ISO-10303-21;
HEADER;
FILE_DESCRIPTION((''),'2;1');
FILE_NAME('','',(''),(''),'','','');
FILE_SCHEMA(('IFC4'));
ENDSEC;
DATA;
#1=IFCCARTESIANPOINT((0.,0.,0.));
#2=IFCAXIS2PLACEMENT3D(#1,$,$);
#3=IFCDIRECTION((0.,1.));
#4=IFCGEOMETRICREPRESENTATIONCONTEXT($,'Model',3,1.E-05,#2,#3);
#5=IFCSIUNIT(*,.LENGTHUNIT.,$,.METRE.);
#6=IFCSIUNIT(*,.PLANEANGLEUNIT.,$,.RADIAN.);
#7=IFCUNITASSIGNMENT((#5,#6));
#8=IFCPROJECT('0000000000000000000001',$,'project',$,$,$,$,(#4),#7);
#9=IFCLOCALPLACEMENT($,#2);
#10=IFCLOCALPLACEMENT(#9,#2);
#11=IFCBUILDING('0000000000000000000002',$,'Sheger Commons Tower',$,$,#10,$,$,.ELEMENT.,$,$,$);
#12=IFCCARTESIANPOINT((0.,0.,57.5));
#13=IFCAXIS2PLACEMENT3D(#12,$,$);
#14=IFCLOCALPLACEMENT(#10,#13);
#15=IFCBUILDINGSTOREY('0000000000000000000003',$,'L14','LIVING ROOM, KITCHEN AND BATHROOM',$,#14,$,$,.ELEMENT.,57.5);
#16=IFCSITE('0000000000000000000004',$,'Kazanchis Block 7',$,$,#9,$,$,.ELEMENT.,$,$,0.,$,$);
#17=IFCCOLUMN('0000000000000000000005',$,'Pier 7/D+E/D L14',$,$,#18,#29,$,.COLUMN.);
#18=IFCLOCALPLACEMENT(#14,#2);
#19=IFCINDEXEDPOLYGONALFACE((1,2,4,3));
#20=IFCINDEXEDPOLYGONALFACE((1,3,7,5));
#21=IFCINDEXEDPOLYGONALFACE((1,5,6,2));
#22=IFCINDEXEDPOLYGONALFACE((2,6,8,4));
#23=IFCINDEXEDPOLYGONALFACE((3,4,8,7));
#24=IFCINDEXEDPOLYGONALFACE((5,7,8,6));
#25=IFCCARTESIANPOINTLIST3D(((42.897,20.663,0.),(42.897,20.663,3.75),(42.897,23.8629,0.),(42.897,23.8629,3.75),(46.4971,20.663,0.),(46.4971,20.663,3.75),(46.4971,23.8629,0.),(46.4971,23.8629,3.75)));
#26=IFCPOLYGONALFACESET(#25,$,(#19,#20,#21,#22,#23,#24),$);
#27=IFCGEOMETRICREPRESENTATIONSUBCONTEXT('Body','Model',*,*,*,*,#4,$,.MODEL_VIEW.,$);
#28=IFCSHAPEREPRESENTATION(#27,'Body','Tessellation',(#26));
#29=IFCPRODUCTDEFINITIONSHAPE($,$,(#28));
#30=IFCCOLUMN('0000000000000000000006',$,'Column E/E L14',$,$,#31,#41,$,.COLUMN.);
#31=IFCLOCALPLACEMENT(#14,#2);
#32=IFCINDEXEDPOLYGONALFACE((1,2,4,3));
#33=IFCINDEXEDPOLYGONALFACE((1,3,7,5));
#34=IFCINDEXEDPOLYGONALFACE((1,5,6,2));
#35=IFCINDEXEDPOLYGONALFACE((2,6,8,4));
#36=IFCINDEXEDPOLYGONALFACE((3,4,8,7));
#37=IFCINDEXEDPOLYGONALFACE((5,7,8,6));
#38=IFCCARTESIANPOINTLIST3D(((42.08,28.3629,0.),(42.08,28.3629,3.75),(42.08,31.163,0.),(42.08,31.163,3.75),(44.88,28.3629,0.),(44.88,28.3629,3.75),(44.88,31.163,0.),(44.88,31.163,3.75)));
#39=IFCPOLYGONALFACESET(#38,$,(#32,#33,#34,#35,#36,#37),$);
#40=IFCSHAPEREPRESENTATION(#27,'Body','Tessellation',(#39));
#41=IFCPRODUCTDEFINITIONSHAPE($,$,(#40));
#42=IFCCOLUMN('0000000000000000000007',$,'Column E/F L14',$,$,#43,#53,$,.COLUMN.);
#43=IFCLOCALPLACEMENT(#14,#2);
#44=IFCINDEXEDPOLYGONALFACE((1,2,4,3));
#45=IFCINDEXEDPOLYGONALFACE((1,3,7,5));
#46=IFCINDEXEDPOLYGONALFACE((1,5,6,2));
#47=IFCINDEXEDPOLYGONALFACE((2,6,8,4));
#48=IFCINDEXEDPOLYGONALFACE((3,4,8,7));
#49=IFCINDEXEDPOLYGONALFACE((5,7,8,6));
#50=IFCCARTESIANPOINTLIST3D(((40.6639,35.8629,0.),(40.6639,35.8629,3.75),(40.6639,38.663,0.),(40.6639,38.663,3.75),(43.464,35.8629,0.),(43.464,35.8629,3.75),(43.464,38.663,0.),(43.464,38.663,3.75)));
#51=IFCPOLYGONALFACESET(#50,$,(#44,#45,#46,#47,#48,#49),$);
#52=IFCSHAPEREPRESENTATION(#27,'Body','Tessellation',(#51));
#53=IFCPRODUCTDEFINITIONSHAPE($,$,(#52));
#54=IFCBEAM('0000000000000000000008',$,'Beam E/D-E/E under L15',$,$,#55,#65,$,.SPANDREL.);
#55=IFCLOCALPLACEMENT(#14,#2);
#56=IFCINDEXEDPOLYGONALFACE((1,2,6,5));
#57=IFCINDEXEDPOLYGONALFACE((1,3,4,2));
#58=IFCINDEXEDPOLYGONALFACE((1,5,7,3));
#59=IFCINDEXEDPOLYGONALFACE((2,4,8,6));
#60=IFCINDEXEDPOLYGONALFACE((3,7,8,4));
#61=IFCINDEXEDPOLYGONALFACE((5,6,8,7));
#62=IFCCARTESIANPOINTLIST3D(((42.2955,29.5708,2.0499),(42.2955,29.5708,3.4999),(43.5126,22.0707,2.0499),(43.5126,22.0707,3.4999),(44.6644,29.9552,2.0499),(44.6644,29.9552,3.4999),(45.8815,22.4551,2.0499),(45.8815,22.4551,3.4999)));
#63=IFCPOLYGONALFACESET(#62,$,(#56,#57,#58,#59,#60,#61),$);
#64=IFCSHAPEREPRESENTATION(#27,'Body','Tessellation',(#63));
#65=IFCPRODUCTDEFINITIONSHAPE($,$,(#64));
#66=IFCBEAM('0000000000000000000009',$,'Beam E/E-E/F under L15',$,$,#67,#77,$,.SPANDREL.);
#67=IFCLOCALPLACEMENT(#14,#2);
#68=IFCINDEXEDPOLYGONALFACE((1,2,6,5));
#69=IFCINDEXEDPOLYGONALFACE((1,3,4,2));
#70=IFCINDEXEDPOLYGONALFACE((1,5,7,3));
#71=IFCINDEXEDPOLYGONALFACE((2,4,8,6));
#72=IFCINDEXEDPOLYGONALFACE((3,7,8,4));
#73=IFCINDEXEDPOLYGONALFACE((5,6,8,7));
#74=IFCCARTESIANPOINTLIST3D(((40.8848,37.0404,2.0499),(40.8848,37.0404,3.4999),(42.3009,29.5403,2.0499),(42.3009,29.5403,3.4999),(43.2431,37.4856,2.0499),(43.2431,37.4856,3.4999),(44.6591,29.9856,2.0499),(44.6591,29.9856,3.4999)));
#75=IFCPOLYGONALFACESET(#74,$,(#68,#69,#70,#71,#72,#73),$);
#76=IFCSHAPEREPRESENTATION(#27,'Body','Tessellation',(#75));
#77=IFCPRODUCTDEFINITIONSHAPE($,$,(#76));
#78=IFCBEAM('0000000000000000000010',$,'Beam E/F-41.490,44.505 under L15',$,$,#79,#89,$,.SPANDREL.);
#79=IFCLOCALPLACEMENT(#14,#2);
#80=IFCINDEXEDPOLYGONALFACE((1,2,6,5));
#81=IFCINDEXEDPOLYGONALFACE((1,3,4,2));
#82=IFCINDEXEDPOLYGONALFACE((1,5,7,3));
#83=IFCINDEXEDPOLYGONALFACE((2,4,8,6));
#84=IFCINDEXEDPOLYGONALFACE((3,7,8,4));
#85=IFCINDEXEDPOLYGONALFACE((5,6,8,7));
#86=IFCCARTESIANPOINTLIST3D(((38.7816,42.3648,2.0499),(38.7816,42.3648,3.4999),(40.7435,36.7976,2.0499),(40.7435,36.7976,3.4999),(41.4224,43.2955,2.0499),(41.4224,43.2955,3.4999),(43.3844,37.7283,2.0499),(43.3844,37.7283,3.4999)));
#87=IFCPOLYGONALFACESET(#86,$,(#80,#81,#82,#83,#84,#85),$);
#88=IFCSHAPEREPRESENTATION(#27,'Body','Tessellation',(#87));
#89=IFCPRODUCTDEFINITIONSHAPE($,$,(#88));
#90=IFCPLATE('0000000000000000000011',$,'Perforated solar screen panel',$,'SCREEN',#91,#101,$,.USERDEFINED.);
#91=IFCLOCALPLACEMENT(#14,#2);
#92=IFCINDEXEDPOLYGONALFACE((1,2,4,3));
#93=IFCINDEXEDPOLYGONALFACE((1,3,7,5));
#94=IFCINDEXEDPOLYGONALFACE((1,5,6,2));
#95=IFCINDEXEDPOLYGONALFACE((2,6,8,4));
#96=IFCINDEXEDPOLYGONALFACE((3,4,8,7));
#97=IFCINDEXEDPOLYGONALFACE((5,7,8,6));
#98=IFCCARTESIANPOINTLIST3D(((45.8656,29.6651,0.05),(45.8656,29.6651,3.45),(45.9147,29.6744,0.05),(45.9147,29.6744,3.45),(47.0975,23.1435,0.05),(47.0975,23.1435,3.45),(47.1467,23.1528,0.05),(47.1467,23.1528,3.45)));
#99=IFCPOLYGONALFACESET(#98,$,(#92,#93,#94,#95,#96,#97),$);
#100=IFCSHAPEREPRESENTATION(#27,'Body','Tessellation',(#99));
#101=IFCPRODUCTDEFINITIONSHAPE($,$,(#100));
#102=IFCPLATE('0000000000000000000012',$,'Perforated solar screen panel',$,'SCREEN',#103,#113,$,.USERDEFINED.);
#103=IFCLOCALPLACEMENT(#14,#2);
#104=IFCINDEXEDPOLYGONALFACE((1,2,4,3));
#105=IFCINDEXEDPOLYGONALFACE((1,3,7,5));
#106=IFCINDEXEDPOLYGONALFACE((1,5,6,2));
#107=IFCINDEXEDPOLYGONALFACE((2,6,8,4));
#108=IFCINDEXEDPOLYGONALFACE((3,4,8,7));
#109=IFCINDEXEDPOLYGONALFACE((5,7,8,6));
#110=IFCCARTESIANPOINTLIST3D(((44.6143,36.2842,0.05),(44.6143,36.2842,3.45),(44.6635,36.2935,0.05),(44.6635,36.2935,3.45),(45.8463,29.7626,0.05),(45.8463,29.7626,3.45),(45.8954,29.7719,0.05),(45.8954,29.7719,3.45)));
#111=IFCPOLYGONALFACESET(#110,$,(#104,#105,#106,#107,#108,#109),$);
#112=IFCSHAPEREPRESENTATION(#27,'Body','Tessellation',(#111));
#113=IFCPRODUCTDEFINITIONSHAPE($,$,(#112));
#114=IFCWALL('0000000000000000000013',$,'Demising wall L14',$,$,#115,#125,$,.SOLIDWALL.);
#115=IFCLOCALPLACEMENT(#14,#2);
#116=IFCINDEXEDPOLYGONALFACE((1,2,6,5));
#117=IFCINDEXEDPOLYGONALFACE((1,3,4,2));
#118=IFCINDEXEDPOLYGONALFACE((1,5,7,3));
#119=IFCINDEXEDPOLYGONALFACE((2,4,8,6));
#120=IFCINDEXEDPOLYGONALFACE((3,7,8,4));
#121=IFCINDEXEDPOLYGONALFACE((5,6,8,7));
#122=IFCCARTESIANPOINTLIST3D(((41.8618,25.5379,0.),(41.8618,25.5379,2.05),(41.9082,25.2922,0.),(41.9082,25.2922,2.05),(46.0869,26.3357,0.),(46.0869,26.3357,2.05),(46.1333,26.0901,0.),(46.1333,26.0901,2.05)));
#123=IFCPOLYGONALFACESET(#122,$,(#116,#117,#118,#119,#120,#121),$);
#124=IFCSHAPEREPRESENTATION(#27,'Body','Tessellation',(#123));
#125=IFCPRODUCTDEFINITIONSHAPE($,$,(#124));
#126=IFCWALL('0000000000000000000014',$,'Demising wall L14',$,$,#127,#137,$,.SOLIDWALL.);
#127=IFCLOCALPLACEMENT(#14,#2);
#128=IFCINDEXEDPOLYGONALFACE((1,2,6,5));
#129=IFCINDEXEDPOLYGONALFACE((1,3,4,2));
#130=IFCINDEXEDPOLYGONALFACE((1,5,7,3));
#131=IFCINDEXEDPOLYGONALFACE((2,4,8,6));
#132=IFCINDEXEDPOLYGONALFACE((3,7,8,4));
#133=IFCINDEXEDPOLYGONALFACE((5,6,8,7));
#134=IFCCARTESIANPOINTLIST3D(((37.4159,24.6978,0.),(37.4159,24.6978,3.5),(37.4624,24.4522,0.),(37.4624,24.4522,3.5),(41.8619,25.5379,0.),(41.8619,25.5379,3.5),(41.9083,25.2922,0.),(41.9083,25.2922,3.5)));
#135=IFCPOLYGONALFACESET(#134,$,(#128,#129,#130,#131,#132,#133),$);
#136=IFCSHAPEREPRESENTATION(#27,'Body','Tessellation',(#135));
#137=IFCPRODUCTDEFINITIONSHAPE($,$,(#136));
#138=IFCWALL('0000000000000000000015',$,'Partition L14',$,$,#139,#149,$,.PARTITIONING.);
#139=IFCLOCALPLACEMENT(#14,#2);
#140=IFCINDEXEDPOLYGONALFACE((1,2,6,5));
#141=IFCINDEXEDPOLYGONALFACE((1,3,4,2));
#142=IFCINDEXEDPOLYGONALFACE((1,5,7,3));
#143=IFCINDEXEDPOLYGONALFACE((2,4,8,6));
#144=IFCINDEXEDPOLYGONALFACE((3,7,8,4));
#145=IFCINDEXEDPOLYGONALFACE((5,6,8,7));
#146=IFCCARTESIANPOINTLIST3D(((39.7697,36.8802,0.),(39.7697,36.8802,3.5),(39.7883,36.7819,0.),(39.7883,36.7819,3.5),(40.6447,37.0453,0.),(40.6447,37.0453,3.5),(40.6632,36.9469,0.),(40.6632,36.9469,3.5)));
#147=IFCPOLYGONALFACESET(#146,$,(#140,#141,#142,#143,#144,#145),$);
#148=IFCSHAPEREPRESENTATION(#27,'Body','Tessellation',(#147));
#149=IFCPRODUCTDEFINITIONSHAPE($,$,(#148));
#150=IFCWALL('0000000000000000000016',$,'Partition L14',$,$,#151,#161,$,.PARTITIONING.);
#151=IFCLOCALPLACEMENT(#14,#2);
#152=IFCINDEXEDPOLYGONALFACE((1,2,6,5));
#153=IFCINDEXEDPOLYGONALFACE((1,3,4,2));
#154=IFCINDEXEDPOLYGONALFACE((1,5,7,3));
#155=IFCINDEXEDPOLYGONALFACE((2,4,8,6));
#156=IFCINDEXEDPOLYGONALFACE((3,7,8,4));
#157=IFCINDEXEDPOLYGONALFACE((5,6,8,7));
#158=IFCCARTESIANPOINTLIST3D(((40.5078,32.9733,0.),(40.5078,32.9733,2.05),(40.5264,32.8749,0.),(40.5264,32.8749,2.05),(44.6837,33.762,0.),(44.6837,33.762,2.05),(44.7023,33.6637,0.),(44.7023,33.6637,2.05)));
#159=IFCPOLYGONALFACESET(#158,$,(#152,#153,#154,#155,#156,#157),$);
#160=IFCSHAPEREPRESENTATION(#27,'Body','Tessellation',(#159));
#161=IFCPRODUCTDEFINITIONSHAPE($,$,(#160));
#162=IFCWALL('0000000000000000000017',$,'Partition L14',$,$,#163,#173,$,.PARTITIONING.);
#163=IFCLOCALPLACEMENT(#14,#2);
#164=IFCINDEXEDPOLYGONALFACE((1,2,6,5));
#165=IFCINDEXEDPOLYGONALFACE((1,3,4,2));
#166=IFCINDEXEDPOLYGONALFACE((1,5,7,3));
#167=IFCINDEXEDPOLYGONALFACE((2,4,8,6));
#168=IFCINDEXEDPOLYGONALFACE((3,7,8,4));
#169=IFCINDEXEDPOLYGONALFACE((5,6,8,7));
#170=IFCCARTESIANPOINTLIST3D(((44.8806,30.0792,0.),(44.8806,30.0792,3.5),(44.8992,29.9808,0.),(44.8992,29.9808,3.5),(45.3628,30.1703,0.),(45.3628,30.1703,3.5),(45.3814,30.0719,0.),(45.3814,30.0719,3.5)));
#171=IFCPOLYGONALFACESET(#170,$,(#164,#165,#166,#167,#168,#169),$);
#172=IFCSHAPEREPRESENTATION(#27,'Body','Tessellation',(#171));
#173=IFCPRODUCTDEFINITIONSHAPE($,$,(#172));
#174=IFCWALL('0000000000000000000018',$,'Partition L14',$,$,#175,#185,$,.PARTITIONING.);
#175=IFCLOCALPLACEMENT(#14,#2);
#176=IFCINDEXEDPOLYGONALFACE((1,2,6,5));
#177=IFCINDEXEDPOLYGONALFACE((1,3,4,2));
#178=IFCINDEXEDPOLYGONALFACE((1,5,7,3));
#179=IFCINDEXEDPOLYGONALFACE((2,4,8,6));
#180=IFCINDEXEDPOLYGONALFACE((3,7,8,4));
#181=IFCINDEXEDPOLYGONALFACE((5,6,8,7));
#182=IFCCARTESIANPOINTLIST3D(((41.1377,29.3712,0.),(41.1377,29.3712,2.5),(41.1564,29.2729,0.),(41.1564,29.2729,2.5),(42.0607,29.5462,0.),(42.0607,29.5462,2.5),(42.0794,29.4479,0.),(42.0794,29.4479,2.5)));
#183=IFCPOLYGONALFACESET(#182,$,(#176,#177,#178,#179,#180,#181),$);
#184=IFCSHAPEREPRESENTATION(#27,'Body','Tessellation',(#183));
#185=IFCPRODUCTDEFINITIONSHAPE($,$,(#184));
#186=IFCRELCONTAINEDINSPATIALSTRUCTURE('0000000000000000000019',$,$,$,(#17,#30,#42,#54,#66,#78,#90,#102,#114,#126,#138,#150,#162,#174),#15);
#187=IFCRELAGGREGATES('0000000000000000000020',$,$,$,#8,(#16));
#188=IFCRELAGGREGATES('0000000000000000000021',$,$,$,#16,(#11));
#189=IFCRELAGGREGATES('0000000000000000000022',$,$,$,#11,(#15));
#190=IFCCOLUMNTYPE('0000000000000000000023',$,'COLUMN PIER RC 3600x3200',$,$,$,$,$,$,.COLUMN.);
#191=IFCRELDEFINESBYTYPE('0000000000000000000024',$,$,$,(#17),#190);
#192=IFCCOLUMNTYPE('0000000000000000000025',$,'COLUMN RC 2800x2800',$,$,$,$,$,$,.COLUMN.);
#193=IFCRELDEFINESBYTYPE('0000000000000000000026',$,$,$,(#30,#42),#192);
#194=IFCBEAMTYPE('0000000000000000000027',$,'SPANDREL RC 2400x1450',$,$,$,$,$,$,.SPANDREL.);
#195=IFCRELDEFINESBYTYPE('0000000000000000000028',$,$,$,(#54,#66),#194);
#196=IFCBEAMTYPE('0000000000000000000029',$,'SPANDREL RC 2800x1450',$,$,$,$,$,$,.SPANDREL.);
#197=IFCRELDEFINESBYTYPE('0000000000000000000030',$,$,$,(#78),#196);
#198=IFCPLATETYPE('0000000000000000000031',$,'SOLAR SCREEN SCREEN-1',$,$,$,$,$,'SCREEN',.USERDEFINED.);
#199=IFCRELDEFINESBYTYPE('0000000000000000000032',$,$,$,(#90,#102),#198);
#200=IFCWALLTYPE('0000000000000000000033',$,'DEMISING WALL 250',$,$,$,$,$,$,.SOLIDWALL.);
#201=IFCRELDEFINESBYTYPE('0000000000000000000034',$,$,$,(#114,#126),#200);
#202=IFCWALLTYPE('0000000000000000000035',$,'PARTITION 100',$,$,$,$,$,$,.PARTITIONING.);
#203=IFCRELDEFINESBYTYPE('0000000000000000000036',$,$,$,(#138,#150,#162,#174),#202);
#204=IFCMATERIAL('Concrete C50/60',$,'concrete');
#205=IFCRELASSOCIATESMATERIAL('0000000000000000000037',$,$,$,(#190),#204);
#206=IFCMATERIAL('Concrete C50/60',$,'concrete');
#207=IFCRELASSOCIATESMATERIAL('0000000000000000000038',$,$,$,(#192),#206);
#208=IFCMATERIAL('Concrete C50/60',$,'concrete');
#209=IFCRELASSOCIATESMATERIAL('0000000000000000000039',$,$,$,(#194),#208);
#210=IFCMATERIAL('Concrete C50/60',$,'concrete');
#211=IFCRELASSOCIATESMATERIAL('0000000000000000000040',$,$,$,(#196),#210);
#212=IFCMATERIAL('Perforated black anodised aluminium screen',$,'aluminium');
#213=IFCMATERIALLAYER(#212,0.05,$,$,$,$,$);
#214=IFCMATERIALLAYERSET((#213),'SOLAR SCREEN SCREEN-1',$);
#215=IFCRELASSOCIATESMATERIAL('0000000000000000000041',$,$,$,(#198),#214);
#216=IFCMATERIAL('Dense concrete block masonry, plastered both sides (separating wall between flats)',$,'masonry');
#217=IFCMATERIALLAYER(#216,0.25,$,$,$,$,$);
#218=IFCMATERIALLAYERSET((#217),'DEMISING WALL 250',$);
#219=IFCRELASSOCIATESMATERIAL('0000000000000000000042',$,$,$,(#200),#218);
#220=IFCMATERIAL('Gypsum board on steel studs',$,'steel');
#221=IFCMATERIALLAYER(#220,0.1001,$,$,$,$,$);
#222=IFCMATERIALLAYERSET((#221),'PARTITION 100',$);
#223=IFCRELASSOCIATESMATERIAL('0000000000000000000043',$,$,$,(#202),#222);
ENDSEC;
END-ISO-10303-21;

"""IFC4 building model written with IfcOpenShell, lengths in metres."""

from ifc_helpers import new_model, si_unit, direction, frame, frame_2d, origin, origin_2d, place, context, subcontext, project, spatial, rectangle, extrude, material, layer, layer_set, material_profile, profile_set, type_object, element, save


model = new_model("IFC4")

# Units and contexts
model_context = context("Model", 3, precision=1e-05, world=origin(), true_north=direction((0.0, 1.0)))
body_context = subcontext(model_context, "Body", "Model", "MODEL_VIEW")
ifc_project = project(units=[si_unit("LENGTHUNIT", "METRE"), si_unit("PLANEANGLEUNIT", "RADIAN")], contexts=[model_context])

# Site, building, storey
site_placement = place(None, origin())
site = spatial("IfcSite", under=ifc_project, at=site_placement, Name="Kazanchis Block 7", CompositionType="ELEMENT", RefElevation=0.0)
building_placement = place(site_placement, origin())
building = spatial("IfcBuilding", under=site, at=building_placement, Name="Sheger Commons Tower", CompositionType="ELEMENT")
storey_placement = place(building_placement, frame((0.0, 0.0, 57.5)))
storey = spatial("IfcBuildingStorey", under=building, at=storey_placement, Name="L14", Description="LIVING ROOM, KITCHEN AND BATHROOM", CompositionType="ELEMENT", Elevation=57.5)

# Columns
ifc_material_1 = material(Name="Concrete C50/60", Category="concrete")
ifc_material_profile_1 = material_profile(ifc_material_1, rectangle(XDim=3.6001, YDim=3.2, at=origin_2d()), Name="RC 3600x3200")
ifc_profile_set_1 = profile_set([ifc_material_profile_1], Name="Concrete C50/60")
column_type_1 = type_object("IfcColumnType", Name="COLUMN PIER RC 3600x3200", PredefinedType="COLUMN", material=ifc_profile_set_1)
column_placement = place(storey_placement, frame((44.697, 22.2629, 0.0), z_axis=(0.0, 0.0, 1.0), x_axis=(1.0, 0.0, 0.0)))
element("IfcColumn", 1, at=column_placement, inside=storey, type_object=column_type_1, Name="Pier 7/D+E/D L14", PredefinedType="COLUMN", context=body_context, shape_type="SweptSolid", body=[
    extrude(rectangle(XDim=3.6001, YDim=3.2, at=origin_2d()), origin(), (0.0, 0.0, 1.0), 3.75),
])
ifc_material_2 = material(Name="Concrete C50/60", Category="concrete")
ifc_material_profile_2 = material_profile(ifc_material_2, rectangle(XDim=2.8, YDim=2.8, at=origin_2d()), Name="RC 2800x2800")
ifc_profile_set_2 = profile_set([ifc_material_profile_2], Name="Concrete C50/60")
column_type_2 = type_object("IfcColumnType", Name="COLUMN RC 2800x2800", PredefinedType="COLUMN", material=ifc_profile_set_2)
for number, where, z_axis, x_axis, name in (
    (2, (43.48, 29.7629, 0.0), (0.0, 0.0, 1.0), (1.0, 0.0, 0.0), "Column E/E L14"),
    (3, (42.064, 37.2629, 0.0), (0.0, 0.0, 1.0), (1.0, 0.0, 0.0), "Column E/F L14"),
):
    element("IfcColumn", number, at=place(storey_placement, frame(where, z_axis=z_axis, x_axis=x_axis)), inside=storey, type_object=column_type_2, Name=name, PredefinedType="COLUMN", context=body_context, shape_type="SweptSolid", body=[
        extrude(rectangle(XDim=2.8, YDim=2.8, at=origin_2d()), origin(), (0.0, 0.0, 1.0), 3.75),
    ])

# Beams
ifc_material_3 = material(Name="Concrete C50/60", Category="concrete")
ifc_material_profile_3 = material_profile(ifc_material_3, rectangle(XDim=2.3999, YDim=1.45, at=origin_2d()), Name="RC 2400x1450")
ifc_profile_set_3 = profile_set([ifc_material_profile_3], Name="Concrete C50/60")
beam_type_1 = type_object("IfcBeamType", Name="SPANDREL RC 2400x1450", PredefinedType="SPANDREL", material=ifc_profile_set_3)
beam_1_placement = place(storey_placement, frame((44.697, 22.2629, 2.7749), z_axis=(-0.160177, 0.987088, 0.0), x_axis=(-0.987088, -0.160177, 0.0)))
element("IfcBeam", 4, at=beam_1_placement, inside=storey, type_object=beam_type_1, Name="Beam E/D-E/E under L15", PredefinedType="SPANDREL", context=body_context, shape_type="SweptSolid", body=[
    extrude(rectangle(XDim=2.3999, YDim=1.45, at=origin_2d()), origin(), (0.0, 0.0, 1.0), 7.5981),
])
beam_2_placement = place(storey_placement, frame((43.48, 29.7629, 2.7749), z_axis=(-0.185524, 0.98264, 0.0), x_axis=(-0.98264, -0.185524, 0.0)))
element("IfcBeam", 5, at=beam_2_placement, inside=storey, type_object=beam_type_1, Name="Beam E/E-E/F under L15", PredefinedType="SPANDREL", context=body_context, shape_type="SweptSolid", body=[
    extrude(rectangle(XDim=2.3999, YDim=1.45, at=origin_2d()), origin(), (0.0, 0.0, 1.0), 7.6326),
])
ifc_material_4 = material(Name="Concrete C50/60", Category="concrete")
ifc_material_profile_4 = material_profile(ifc_material_4, rectangle(XDim=2.8, YDim=1.45, at=origin_2d()), Name="RC 2800x1450")
ifc_profile_set_4 = profile_set([ifc_material_profile_4], Name="Concrete C50/60")
beam_type_2 = type_object("IfcBeamType", Name="SPANDREL RC 2800x1450", PredefinedType="SPANDREL", material=ifc_profile_set_4)
beam_3_placement = place(storey_placement, frame((42.064, 37.2629, 2.7749), z_axis=(-0.332374, 0.943148, 0.0), x_axis=(-0.943148, -0.332374, 0.0)))
element("IfcBeam", 6, at=beam_3_placement, inside=storey, type_object=beam_type_2, Name="Beam E/F-41.490,44.505 under L15", PredefinedType="SPANDREL", context=body_context, shape_type="SweptSolid", body=[
    extrude(rectangle(XDim=2.8, YDim=1.45, at=origin_2d()), origin(), (0.0, 0.0, 1.0), 5.9028),
])

# Plates
ifc_material_5 = material(Name="Perforated black anodised aluminium screen", Category="aluminium")
ifc_layer_1 = layer(ifc_material_5, 0.05)
ifc_layer_set_1 = layer_set([ifc_layer_1], Name="SOLAR SCREEN SCREEN-1")
plate_type = type_object("IfcPlateType", Name="SOLAR SCREEN SCREEN-1", ElementType="SCREEN", PredefinedType="USERDEFINED", material=ifc_layer_set_1)
for number, where, z_axis, x_axis, name in (
    (7, (46.5061, 26.4089, 0.05), (0.0, 0.0, 1.0), (-0.185615, 0.982623, 0.0), "Perforated solar screen panel"),
    (8, (45.2549, 33.0281, 0.05), (0.0, 0.0, 1.0), (-0.185615, 0.982623, 0.0), "Perforated solar screen panel"),
):
    element("IfcPlate", number, at=place(storey_placement, frame(where, z_axis=z_axis, x_axis=x_axis)), inside=storey, type_object=plate_type, Name=name, ObjectType="SCREEN", PredefinedType="USERDEFINED", context=body_context, shape_type="SweptSolid", body=[
        extrude(rectangle(XDim=6.637, YDim=0.05, at=origin_2d()), origin(), (0.0, 0.0, 1.0), 3.3999),
    ])

# Walls
ifc_material_6 = material(Name="Dense concrete block masonry, plastered both sides (separating wall between flats)", Category="masonry")
ifc_layer_2 = layer(ifc_material_6, 0.25)
ifc_layer_set_2 = layer_set([ifc_layer_2], Name="DEMISING WALL 250")
wall_type_1 = type_object("IfcWallType", Name="DEMISING WALL 250", PredefinedType="SOLIDWALL", material=ifc_layer_set_2)
wall_1_placement = place(storey_placement, frame((46.1101, 26.2129, 0.0), z_axis=(0.0, 0.0, 1.0), x_axis=(-0.982634, -0.185557, 0.0)))
element("IfcWall", 9, at=wall_1_placement, inside=storey, type_object=wall_type_1, Name="Demising wall L14", PredefinedType="SOLIDWALL", context=body_context, shape_type="SweptSolid", body=[
    extrude(rectangle(XDim=4.2998, YDim=0.25, at=frame_2d((2.1499, 0.0))), origin(), (0.0, 0.0, 1.0), 2.05),
])
wall_2_placement = place(storey_placement, frame((41.885, 25.415, 0.0), z_axis=(0.0, 0.0, 1.0), x_axis=(-0.982613, -0.185666, 0.0)))
element("IfcWall", 10, at=wall_2_placement, inside=storey, type_object=wall_type_1, Name="Demising wall L14", PredefinedType="SOLIDWALL", context=body_context, shape_type="SweptSolid", body=[
    extrude(rectangle(XDim=4.5247, YDim=0.25, at=frame_2d((2.2622, 0.0))), origin(), (0.0, 0.0, 1.0), 3.5),
])
ifc_material_7 = material(Name="Gypsum board on steel studs", Category="steel")
ifc_layer_3 = layer(ifc_material_7, 0.1001)
ifc_layer_set_3 = layer_set([ifc_layer_3], Name="PARTITION 100")
wall_type_2 = type_object("IfcWallType", Name="PARTITION 100", PredefinedType="PARTITIONING", material=ifc_layer_set_3)
wall_3_placement = place(storey_placement, frame((40.6541, 36.9961, 0.0), z_axis=(0.0, 0.0, 1.0), x_axis=(-0.982673, -0.185348, 0.0)))
element("IfcWall", 11, at=wall_3_placement, inside=storey, type_object=wall_type_2, Name="Partition L14", PredefinedType="PARTITIONING", context=body_context, shape_type="SweptSolid", body=[
    extrude(rectangle(XDim=0.8904, YDim=0.1001, at=frame_2d((0.4453, 0.0))), origin(), (0.0, 0.0, 1.0), 3.5),
])
wall_4_placement = place(storey_placement, frame((44.6931, 33.7129, 0.0), z_axis=(0.0, 0.0, 1.0), x_axis=(-0.982624, -0.18561, 0.0)))
element("IfcWall", 12, at=wall_4_placement, inside=storey, type_object=wall_type_2, Name="Partition L14", PredefinedType="PARTITIONING", context=body_context, shape_type="SweptSolid", body=[
    extrude(rectangle(XDim=4.2498, YDim=0.1001, at=frame_2d((2.125, 0.0))), origin(), (0.0, 0.0, 1.0), 2.05),
])
wall_5_placement = place(storey_placement, frame((45.3721, 30.1211, 0.0), z_axis=(0.0, 0.0, 1.0), x_axis=(-0.982629, -0.18558, 0.0)))
element("IfcWall", 13, at=wall_5_placement, inside=storey, type_object=wall_type_2, Name="Partition L14", PredefinedType="PARTITIONING", context=body_context, shape_type="SweptSolid", body=[
    extrude(rectangle(XDim=0.4907, YDim=0.1001, at=frame_2d((0.2454, 0.0))), origin(), (0.0, 0.0, 1.0), 3.5),
])
wall_6_placement = place(storey_placement, frame((42.0701, 29.4971, 0.0), z_axis=(0.0, 0.0, 1.0), x_axis=(-0.982491, -0.186312, 0.0)))
element("IfcWall", 14, at=wall_6_placement, inside=storey, type_object=wall_type_2, Name="Partition L14", PredefinedType="PARTITIONING", context=body_context, shape_type="SweptSolid", body=[
    extrude(rectangle(XDim=0.9395, YDim=0.1001, at=frame_2d((0.4697, 0.0))), origin(), (0.0, 0.0, 1.0), 2.5),
])

save(model, "model.ifc")
